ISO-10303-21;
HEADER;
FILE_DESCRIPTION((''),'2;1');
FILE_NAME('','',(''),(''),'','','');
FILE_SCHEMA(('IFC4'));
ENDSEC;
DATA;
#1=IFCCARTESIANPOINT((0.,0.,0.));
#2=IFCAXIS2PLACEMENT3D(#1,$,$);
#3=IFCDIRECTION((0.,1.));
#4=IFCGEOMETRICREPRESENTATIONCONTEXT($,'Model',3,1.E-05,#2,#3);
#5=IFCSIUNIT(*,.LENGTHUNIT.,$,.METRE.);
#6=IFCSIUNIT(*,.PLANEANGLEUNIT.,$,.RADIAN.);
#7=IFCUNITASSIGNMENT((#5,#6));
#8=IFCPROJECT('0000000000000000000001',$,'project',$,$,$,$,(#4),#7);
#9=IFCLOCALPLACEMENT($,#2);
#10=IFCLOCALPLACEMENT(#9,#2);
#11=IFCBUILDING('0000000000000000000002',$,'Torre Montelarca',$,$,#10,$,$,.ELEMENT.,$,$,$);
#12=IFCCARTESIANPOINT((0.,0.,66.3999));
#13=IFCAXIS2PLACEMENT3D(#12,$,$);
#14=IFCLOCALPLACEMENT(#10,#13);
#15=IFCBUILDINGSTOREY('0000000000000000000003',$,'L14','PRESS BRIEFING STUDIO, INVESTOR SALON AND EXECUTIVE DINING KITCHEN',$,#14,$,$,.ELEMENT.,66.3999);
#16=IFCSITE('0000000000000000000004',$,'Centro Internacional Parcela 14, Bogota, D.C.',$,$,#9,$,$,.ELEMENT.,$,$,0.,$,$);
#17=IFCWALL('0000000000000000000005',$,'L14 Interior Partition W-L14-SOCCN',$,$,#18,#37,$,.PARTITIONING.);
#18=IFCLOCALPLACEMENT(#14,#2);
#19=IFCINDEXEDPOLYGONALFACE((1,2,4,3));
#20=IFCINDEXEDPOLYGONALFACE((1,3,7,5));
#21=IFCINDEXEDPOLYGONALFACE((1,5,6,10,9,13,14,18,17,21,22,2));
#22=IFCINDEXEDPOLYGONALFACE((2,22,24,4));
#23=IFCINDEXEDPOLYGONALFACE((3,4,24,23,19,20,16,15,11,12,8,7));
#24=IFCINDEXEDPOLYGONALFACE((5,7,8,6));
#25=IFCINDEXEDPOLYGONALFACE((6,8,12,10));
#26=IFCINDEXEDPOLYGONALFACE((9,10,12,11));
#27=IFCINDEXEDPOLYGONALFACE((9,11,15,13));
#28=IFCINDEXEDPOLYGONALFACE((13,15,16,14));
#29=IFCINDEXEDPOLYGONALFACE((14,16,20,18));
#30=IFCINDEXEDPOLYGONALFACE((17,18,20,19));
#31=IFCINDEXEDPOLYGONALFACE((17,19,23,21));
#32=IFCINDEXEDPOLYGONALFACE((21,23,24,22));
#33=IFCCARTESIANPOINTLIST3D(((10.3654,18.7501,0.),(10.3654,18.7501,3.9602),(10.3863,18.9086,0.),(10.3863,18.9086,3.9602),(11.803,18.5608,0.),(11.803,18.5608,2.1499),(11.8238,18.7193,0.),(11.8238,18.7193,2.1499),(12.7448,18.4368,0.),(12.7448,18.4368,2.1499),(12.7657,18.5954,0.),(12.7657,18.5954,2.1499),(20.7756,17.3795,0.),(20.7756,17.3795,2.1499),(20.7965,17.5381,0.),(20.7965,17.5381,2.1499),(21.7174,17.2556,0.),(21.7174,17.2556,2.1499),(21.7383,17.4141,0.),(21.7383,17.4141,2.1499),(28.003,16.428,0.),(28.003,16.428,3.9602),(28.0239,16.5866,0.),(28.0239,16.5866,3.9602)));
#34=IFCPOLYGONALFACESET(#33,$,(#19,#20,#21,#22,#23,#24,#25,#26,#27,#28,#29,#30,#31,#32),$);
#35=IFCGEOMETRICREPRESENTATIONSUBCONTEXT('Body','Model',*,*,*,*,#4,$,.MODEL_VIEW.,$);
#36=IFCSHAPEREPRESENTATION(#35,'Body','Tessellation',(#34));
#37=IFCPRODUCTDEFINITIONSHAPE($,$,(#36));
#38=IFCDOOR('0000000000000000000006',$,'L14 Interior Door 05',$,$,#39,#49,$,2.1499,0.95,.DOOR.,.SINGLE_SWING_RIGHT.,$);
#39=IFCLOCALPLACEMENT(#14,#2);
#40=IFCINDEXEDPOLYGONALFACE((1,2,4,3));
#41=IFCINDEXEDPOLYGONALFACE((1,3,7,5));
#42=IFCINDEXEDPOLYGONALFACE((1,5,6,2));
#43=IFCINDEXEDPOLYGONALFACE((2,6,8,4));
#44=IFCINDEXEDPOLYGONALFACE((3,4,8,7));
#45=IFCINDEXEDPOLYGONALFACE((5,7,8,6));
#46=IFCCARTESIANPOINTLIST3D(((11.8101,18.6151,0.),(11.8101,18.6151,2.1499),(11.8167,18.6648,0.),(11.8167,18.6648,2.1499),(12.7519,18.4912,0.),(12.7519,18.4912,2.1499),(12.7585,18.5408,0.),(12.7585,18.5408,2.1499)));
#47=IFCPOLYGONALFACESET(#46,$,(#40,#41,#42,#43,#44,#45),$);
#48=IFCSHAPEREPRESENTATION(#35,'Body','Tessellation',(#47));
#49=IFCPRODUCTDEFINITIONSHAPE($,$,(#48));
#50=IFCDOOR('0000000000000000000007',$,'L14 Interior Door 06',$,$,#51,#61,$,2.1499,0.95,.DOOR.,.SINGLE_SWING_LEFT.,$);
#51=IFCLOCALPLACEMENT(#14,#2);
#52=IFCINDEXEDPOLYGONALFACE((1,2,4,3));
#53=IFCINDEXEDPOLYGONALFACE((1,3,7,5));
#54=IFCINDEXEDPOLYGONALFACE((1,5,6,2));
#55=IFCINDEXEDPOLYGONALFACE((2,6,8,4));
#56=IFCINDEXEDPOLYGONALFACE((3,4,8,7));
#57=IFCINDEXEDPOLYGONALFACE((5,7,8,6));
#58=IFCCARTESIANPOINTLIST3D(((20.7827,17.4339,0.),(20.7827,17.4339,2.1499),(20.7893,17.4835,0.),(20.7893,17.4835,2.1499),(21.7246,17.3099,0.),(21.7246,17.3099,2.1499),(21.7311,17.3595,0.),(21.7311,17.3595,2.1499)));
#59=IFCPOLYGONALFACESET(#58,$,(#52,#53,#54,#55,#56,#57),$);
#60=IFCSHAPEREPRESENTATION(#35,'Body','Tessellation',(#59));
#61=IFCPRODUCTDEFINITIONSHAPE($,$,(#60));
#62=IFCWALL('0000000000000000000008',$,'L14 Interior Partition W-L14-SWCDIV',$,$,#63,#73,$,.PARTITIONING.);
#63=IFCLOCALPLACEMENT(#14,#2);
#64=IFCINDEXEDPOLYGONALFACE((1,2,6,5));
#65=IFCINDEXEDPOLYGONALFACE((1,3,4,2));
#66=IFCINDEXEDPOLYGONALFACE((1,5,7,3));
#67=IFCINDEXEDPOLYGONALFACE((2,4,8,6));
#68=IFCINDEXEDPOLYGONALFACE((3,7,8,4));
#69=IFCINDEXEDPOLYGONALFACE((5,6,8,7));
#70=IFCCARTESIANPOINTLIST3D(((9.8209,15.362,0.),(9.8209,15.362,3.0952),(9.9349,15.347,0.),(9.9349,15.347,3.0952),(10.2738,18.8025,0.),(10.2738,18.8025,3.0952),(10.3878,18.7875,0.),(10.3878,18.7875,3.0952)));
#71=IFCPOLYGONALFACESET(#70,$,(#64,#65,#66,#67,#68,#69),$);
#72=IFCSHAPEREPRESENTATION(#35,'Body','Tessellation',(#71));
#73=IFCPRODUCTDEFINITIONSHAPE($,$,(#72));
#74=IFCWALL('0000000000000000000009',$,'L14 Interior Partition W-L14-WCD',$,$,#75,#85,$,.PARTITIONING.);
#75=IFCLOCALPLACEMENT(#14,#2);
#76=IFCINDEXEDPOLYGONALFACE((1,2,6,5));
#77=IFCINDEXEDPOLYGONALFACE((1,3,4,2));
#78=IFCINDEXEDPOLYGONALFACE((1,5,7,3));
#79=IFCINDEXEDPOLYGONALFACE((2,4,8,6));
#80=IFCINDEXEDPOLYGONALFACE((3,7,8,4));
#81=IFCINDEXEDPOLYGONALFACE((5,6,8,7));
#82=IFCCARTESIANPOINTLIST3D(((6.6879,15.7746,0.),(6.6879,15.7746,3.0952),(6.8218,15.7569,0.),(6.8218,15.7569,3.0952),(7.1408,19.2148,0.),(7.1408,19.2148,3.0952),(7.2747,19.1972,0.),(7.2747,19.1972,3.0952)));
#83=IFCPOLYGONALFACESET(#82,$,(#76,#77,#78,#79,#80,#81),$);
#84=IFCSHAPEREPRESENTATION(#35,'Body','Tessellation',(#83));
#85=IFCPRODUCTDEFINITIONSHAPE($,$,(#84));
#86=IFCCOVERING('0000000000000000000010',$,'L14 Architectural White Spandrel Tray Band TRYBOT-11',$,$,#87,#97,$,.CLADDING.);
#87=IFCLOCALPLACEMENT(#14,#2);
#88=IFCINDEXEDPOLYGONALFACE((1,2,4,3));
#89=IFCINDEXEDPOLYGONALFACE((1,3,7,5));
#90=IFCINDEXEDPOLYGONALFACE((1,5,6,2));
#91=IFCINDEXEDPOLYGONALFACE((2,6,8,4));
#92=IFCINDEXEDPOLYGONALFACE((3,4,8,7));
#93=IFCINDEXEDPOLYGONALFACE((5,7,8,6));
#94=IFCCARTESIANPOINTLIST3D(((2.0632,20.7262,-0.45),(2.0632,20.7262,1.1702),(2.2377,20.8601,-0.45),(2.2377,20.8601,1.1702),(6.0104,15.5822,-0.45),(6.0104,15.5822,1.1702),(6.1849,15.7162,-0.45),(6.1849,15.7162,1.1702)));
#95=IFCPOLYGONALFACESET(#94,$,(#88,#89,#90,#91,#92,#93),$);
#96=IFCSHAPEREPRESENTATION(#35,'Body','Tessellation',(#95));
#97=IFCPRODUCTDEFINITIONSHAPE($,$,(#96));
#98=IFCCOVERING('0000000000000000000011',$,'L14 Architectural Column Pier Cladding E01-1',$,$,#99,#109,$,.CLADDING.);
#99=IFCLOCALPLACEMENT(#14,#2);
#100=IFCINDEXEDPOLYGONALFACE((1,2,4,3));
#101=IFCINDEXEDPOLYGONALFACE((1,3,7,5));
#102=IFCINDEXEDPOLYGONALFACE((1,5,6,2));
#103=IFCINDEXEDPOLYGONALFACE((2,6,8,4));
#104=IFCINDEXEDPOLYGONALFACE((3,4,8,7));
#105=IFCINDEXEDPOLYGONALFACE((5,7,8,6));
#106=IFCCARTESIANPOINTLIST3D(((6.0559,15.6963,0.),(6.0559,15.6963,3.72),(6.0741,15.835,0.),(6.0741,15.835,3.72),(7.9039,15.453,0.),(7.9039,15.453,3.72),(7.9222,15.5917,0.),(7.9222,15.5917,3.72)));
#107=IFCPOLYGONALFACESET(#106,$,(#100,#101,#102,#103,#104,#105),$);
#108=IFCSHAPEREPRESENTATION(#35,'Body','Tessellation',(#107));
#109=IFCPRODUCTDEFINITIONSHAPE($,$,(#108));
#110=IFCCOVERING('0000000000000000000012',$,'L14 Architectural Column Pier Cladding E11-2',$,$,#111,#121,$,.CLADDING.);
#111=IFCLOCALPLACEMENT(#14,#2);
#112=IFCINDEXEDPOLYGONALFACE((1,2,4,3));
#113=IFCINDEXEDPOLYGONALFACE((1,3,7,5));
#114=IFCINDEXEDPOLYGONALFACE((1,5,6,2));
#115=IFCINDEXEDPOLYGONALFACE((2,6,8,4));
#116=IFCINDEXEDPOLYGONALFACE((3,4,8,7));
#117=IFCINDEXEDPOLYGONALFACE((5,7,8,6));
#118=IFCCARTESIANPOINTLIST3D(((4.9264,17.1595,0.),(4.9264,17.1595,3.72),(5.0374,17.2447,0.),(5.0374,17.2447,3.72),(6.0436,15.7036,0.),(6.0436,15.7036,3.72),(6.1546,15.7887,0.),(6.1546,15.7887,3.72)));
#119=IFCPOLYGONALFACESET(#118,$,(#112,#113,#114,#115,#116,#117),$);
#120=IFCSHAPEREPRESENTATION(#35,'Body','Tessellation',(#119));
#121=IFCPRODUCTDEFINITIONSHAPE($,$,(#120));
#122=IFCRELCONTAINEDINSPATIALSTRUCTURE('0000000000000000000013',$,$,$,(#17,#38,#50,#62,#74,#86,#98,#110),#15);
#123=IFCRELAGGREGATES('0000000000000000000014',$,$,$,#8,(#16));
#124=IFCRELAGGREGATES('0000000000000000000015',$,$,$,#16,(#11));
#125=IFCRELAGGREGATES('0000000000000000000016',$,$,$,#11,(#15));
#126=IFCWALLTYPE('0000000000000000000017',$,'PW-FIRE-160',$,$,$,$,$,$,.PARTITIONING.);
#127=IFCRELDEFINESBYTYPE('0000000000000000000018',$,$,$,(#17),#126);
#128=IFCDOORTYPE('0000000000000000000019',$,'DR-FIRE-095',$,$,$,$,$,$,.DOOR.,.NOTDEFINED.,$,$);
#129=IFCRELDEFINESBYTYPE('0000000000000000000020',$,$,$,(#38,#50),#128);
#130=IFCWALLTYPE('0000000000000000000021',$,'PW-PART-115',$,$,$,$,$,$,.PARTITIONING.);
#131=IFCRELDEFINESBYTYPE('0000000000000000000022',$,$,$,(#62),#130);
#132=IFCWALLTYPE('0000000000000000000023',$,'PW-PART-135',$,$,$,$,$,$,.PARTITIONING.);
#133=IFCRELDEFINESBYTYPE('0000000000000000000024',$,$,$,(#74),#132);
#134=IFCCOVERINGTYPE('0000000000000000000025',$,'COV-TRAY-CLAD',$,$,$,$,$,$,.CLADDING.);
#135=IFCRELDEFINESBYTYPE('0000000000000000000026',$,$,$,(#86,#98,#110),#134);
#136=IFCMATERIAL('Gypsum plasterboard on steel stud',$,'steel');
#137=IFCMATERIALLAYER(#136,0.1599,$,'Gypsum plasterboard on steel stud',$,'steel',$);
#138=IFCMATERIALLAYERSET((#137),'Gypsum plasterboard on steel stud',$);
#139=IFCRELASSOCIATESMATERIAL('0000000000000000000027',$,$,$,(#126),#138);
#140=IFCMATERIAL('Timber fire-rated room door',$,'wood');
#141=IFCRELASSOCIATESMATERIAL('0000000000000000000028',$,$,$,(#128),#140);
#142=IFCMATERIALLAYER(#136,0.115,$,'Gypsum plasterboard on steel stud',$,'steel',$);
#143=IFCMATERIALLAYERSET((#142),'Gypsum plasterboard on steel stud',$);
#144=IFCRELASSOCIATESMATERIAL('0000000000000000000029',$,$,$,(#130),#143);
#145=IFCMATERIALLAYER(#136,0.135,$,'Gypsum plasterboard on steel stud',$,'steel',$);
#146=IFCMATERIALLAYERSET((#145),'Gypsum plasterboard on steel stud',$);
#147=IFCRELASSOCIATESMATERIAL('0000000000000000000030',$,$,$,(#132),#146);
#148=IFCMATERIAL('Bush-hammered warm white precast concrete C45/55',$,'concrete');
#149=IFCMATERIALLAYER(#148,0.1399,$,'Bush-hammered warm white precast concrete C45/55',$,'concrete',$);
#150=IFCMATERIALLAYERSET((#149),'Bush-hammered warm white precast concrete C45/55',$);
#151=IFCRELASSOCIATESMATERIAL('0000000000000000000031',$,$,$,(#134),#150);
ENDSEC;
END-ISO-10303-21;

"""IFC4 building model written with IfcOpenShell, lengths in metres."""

from ifc_helpers import new_model, si_unit, direction, frame, frame_2d, origin, origin_2d, place, context, subcontext, project, spatial, rectangle, extrude, source, transform, mapped, material, layer, layer_set, type_object, element, fill, save


model = new_model("IFC4")

# Units and contexts
model_context = context("Model", 3, precision=1e-05, world=origin(), true_north=direction((0.0, 1.0)))
body_context = subcontext(model_context, "Body", "Model", "MODEL_VIEW")
ifc_project = project(units=[si_unit("LENGTHUNIT", "METRE"), si_unit("PLANEANGLEUNIT", "RADIAN")], contexts=[model_context])

# Site, building, storey
site_placement = place(None, origin())
site = spatial("IfcSite", under=ifc_project, at=site_placement, Name="Centro Internacional Parcela 14, Bogota, D.C.", CompositionType="ELEMENT", RefElevation=0.0)
building_placement = place(site_placement, origin())
building = spatial("IfcBuilding", under=site, at=building_placement, Name="Torre Montelarca", CompositionType="ELEMENT")
storey_placement = place(building_placement, frame((0.0, 0.0, 66.3999)))
storey = spatial("IfcBuildingStorey", under=building, at=storey_placement, Name="L14", Description="PRESS BRIEFING STUDIO, INVESTOR SALON AND EXECUTIVE DINING KITCHEN", CompositionType="ELEMENT", Elevation=66.3999)

# Wall, openings, doors
ifc_material_1 = material(Name="Gypsum plasterboard on steel stud", Category="steel")
ifc_layer_1 = layer(ifc_material_1, 0.1599, Name="Gypsum plasterboard on steel stud", Category="steel")
ifc_layer_set_1 = layer_set([ifc_layer_1], Name="Gypsum plasterboard on steel stud")
wall_type_1 = type_object("IfcWallType", Name="PW-FIRE-160", PredefinedType="PARTITIONING", material=ifc_layer_set_1)
wall_1_placement = place(storey_placement, frame((10.3757, 18.8293, 0.0), z_axis=(0.0, 0.0, 1.0), x_axis=(0.991445, -0.130525, 0.0)))
wall_1 = element("IfcWall", 1, at=wall_1_placement, inside=storey, type_object=wall_type_1, Name="L14 Interior Partition W-L14-SOCCN", PredefinedType="PARTITIONING", context=body_context, shape_type="SweptSolid", body=[
    extrude(rectangle(XDim=17.7898, YDim=0.1599, at=frame_2d((8.895, 0.0))), origin(), (0.0, 0.0, 1.0), 3.9602),
])
opening_1_placement = place(wall_1_placement, frame((1.45, 0.0, 0.0)))
opening_1 = element("IfcOpeningElement", 2, at=opening_1_placement, cuts=wall_1, PredefinedType="OPENING", context=body_context, shape_type="SweptSolid", body=[
    extrude(rectangle(XDim=0.95, YDim=2.1499, at=frame_2d((0.4751, 1.075))), frame((0.0, 0.0898, 0.0), z_axis=(0.0, -1.0, 0.0), x_axis=(1.0, 0.0, 0.0)), (0.0, 0.0, 1.0), 0.1799),
])
opening_2_placement = place(wall_1_placement, frame((10.5, 0.0, 0.0)))
opening_2 = element("IfcOpeningElement", 3, at=opening_2_placement, cuts=wall_1, PredefinedType="OPENING", context=body_context, shape_type="SweptSolid", body=[
    extrude(rectangle(XDim=0.95, YDim=2.1499, at=frame_2d((0.4751, 1.075))), frame((0.0, 0.0898, 0.0), z_axis=(0.0, -1.0, 0.0), x_axis=(1.0, 0.0, 0.0)), (0.0, 0.0, 1.0), 0.1799),
])
ifc_material_2 = material(Name="Timber fire-rated room door", Category="wood")
door_type = type_object("IfcDoorType", Name="DR-FIRE-095", OperationType="NOTDEFINED", PredefinedType="DOOR", material=ifc_material_2)
shared_shape_1 = source(origin(), body_context, "Body", "SweptSolid", [
    extrude(rectangle(XDim=0.95, YDim=2.1499, at=frame_2d((0.4751, 1.075))), frame((0.0, 0.0249, 0.0), z_axis=(0.0, -1.0, 0.0), x_axis=(1.0, 0.0, 0.0)), (0.0, 0.0, 1.0), 0.05),
])
door_1_placement = place(opening_1_placement, origin())
door_1 = element("IfcDoor", 4, at=door_1_placement, inside=storey, type_object=door_type, Name="L14 Interior Door 05", OperationType="SINGLE_SWING_RIGHT", OverallHeight=2.1499, OverallWidth=0.95, PredefinedType="DOOR", context=body_context, shape_type="MappedRepresentation", body=[
    mapped(shared_shape_1, transform((0.0, 0.0, 0.0), scale=1.0)),
])
fill(opening_1, door_1)
door_2_placement = place(opening_2_placement, origin())
door_2 = element("IfcDoor", 5, at=door_2_placement, inside=storey, type_object=door_type, Name="L14 Interior Door 06", OperationType="SINGLE_SWING_LEFT", OverallHeight=2.1499, OverallWidth=0.95, PredefinedType="DOOR", context=body_context, shape_type="MappedRepresentation", body=[
    mapped(shared_shape_1, transform((0.0, 0.0, 0.0), scale=1.0)),
])
fill(opening_2, door_2)

# Walls
ifc_layer_2 = layer(ifc_material_1, 0.115, Name="Gypsum plasterboard on steel stud", Category="steel")
ifc_layer_set_2 = layer_set([ifc_layer_2], Name="Gypsum plasterboard on steel stud")
wall_type_2 = type_object("IfcWallType", Name="PW-PART-115", PredefinedType="PARTITIONING", material=ifc_layer_set_2)
wall_2_placement = place(storey_placement, frame((9.8779, 15.3545, 0.0), z_axis=(0.0, 0.0, 1.0), x_axis=(0.130509, 0.991447, 0.0)))
element("IfcWall", 6, at=wall_2_placement, inside=storey, type_object=wall_type_2, Name="L14 Interior Partition W-L14-SWCDIV", PredefinedType="PARTITIONING", context=body_context, shape_type="SweptSolid", body=[
    extrude(rectangle(XDim=3.4702, YDim=0.115, at=frame_2d((1.7351, 0.0))), origin(), (0.0, 0.0, 1.0), 3.0952),
])
ifc_layer_3 = layer(ifc_material_1, 0.135, Name="Gypsum plasterboard on steel stud", Category="steel")
ifc_layer_set_3 = layer_set([ifc_layer_3], Name="Gypsum plasterboard on steel stud")
wall_type_3 = type_object("IfcWallType", Name="PW-PART-135", PredefinedType="PARTITIONING", material=ifc_layer_set_3)
wall_3_placement = place(storey_placement, frame((6.7549, 15.7659, 0.0), z_axis=(0.0, 0.0, 1.0), x_axis=(0.130518, 0.991446, 0.0)))
element("IfcWall", 7, at=wall_3_placement, inside=storey, type_object=wall_type_3, Name="L14 Interior Partition W-L14-WCD", PredefinedType="PARTITIONING", context=body_context, shape_type="SweptSolid", body=[
    extrude(rectangle(XDim=3.47, YDim=0.135, at=frame_2d((1.7349, 0.0))), origin(), (0.0, 0.0, 1.0), 3.0952),
])

# Coverings
ifc_material_3 = material(Name="Bush-hammered warm white precast concrete C45/55", Category="concrete")
ifc_layer_4 = layer(ifc_material_3, 0.1399, Name="Bush-hammered warm white precast concrete C45/55", Category="concrete")
ifc_layer_set_4 = layer_set([ifc_layer_4], Name="Bush-hammered warm white precast concrete C45/55")
covering_type = type_object("IfcCoveringType", Name="COV-TRAY-CLAD", PredefinedType="CLADDING", material=ifc_layer_set_4)
shared_shape_2 = source(origin(), body_context, "Body", "SweptSolid", [
    extrude(rectangle(XDim=6.4839, YDim=0.22, at=origin_2d()), origin(), (0.0, 0.0, 1.0), 1.6201),
])
covering_1_placement = place(storey_placement, frame((4.124, 18.2212, -0.45), z_axis=(0.0, 0.0, 1.0), x_axis=(0.608766, -0.79335, 0.0)))
element("IfcCovering", 8, at=covering_1_placement, inside=storey, type_object=covering_type, Name="L14 Architectural White Spandrel Tray Band TRYBOT-11", PredefinedType="CLADDING", context=body_context, shape_type="MappedRepresentation", body=[
    mapped(shared_shape_2, transform((0.0, 0.0, 0.0), scale=1.0)),
])
shared_shape_3 = source(origin(), body_context, "Body", "SweptSolid", [
    extrude(rectangle(XDim=1.864, YDim=0.1399, at=origin_2d()), origin(), (0.0, 0.0, 1.0), 3.72),
])
covering_2_placement = place(storey_placement, frame((6.989, 15.644, 0.0), z_axis=(0.0, 0.0, 1.0), x_axis=(0.991445, -0.130523, 0.0)))
element("IfcCovering", 9, at=covering_2_placement, inside=storey, type_object=covering_type, Name="L14 Architectural Column Pier Cladding E01-1", PredefinedType="CLADDING", context=body_context, shape_type="MappedRepresentation", body=[
    mapped(shared_shape_3, transform((0.0, 0.0, 0.0), scale=1.0)),
])
shared_shape_4 = source(origin(), body_context, "Body", "SweptSolid", [
    extrude(rectangle(XDim=1.8352, YDim=0.1399, at=origin_2d()), origin(), (0.0, 0.0, 1.0), 3.72),
])
covering_3_placement = place(storey_placement, frame((5.5405, 16.4741, 0.0), z_axis=(0.0, 0.0, 1.0), x_axis=(0.608774, -0.793344, 0.0)))
element("IfcCovering", 10, at=covering_3_placement, inside=storey, type_object=covering_type, Name="L14 Architectural Column Pier Cladding E11-2", PredefinedType="CLADDING", context=body_context, shape_type="MappedRepresentation", body=[
    mapped(shared_shape_4, transform((0.0, 0.0, 0.0), scale=1.0)),
])

save(model, "model.ifc")
